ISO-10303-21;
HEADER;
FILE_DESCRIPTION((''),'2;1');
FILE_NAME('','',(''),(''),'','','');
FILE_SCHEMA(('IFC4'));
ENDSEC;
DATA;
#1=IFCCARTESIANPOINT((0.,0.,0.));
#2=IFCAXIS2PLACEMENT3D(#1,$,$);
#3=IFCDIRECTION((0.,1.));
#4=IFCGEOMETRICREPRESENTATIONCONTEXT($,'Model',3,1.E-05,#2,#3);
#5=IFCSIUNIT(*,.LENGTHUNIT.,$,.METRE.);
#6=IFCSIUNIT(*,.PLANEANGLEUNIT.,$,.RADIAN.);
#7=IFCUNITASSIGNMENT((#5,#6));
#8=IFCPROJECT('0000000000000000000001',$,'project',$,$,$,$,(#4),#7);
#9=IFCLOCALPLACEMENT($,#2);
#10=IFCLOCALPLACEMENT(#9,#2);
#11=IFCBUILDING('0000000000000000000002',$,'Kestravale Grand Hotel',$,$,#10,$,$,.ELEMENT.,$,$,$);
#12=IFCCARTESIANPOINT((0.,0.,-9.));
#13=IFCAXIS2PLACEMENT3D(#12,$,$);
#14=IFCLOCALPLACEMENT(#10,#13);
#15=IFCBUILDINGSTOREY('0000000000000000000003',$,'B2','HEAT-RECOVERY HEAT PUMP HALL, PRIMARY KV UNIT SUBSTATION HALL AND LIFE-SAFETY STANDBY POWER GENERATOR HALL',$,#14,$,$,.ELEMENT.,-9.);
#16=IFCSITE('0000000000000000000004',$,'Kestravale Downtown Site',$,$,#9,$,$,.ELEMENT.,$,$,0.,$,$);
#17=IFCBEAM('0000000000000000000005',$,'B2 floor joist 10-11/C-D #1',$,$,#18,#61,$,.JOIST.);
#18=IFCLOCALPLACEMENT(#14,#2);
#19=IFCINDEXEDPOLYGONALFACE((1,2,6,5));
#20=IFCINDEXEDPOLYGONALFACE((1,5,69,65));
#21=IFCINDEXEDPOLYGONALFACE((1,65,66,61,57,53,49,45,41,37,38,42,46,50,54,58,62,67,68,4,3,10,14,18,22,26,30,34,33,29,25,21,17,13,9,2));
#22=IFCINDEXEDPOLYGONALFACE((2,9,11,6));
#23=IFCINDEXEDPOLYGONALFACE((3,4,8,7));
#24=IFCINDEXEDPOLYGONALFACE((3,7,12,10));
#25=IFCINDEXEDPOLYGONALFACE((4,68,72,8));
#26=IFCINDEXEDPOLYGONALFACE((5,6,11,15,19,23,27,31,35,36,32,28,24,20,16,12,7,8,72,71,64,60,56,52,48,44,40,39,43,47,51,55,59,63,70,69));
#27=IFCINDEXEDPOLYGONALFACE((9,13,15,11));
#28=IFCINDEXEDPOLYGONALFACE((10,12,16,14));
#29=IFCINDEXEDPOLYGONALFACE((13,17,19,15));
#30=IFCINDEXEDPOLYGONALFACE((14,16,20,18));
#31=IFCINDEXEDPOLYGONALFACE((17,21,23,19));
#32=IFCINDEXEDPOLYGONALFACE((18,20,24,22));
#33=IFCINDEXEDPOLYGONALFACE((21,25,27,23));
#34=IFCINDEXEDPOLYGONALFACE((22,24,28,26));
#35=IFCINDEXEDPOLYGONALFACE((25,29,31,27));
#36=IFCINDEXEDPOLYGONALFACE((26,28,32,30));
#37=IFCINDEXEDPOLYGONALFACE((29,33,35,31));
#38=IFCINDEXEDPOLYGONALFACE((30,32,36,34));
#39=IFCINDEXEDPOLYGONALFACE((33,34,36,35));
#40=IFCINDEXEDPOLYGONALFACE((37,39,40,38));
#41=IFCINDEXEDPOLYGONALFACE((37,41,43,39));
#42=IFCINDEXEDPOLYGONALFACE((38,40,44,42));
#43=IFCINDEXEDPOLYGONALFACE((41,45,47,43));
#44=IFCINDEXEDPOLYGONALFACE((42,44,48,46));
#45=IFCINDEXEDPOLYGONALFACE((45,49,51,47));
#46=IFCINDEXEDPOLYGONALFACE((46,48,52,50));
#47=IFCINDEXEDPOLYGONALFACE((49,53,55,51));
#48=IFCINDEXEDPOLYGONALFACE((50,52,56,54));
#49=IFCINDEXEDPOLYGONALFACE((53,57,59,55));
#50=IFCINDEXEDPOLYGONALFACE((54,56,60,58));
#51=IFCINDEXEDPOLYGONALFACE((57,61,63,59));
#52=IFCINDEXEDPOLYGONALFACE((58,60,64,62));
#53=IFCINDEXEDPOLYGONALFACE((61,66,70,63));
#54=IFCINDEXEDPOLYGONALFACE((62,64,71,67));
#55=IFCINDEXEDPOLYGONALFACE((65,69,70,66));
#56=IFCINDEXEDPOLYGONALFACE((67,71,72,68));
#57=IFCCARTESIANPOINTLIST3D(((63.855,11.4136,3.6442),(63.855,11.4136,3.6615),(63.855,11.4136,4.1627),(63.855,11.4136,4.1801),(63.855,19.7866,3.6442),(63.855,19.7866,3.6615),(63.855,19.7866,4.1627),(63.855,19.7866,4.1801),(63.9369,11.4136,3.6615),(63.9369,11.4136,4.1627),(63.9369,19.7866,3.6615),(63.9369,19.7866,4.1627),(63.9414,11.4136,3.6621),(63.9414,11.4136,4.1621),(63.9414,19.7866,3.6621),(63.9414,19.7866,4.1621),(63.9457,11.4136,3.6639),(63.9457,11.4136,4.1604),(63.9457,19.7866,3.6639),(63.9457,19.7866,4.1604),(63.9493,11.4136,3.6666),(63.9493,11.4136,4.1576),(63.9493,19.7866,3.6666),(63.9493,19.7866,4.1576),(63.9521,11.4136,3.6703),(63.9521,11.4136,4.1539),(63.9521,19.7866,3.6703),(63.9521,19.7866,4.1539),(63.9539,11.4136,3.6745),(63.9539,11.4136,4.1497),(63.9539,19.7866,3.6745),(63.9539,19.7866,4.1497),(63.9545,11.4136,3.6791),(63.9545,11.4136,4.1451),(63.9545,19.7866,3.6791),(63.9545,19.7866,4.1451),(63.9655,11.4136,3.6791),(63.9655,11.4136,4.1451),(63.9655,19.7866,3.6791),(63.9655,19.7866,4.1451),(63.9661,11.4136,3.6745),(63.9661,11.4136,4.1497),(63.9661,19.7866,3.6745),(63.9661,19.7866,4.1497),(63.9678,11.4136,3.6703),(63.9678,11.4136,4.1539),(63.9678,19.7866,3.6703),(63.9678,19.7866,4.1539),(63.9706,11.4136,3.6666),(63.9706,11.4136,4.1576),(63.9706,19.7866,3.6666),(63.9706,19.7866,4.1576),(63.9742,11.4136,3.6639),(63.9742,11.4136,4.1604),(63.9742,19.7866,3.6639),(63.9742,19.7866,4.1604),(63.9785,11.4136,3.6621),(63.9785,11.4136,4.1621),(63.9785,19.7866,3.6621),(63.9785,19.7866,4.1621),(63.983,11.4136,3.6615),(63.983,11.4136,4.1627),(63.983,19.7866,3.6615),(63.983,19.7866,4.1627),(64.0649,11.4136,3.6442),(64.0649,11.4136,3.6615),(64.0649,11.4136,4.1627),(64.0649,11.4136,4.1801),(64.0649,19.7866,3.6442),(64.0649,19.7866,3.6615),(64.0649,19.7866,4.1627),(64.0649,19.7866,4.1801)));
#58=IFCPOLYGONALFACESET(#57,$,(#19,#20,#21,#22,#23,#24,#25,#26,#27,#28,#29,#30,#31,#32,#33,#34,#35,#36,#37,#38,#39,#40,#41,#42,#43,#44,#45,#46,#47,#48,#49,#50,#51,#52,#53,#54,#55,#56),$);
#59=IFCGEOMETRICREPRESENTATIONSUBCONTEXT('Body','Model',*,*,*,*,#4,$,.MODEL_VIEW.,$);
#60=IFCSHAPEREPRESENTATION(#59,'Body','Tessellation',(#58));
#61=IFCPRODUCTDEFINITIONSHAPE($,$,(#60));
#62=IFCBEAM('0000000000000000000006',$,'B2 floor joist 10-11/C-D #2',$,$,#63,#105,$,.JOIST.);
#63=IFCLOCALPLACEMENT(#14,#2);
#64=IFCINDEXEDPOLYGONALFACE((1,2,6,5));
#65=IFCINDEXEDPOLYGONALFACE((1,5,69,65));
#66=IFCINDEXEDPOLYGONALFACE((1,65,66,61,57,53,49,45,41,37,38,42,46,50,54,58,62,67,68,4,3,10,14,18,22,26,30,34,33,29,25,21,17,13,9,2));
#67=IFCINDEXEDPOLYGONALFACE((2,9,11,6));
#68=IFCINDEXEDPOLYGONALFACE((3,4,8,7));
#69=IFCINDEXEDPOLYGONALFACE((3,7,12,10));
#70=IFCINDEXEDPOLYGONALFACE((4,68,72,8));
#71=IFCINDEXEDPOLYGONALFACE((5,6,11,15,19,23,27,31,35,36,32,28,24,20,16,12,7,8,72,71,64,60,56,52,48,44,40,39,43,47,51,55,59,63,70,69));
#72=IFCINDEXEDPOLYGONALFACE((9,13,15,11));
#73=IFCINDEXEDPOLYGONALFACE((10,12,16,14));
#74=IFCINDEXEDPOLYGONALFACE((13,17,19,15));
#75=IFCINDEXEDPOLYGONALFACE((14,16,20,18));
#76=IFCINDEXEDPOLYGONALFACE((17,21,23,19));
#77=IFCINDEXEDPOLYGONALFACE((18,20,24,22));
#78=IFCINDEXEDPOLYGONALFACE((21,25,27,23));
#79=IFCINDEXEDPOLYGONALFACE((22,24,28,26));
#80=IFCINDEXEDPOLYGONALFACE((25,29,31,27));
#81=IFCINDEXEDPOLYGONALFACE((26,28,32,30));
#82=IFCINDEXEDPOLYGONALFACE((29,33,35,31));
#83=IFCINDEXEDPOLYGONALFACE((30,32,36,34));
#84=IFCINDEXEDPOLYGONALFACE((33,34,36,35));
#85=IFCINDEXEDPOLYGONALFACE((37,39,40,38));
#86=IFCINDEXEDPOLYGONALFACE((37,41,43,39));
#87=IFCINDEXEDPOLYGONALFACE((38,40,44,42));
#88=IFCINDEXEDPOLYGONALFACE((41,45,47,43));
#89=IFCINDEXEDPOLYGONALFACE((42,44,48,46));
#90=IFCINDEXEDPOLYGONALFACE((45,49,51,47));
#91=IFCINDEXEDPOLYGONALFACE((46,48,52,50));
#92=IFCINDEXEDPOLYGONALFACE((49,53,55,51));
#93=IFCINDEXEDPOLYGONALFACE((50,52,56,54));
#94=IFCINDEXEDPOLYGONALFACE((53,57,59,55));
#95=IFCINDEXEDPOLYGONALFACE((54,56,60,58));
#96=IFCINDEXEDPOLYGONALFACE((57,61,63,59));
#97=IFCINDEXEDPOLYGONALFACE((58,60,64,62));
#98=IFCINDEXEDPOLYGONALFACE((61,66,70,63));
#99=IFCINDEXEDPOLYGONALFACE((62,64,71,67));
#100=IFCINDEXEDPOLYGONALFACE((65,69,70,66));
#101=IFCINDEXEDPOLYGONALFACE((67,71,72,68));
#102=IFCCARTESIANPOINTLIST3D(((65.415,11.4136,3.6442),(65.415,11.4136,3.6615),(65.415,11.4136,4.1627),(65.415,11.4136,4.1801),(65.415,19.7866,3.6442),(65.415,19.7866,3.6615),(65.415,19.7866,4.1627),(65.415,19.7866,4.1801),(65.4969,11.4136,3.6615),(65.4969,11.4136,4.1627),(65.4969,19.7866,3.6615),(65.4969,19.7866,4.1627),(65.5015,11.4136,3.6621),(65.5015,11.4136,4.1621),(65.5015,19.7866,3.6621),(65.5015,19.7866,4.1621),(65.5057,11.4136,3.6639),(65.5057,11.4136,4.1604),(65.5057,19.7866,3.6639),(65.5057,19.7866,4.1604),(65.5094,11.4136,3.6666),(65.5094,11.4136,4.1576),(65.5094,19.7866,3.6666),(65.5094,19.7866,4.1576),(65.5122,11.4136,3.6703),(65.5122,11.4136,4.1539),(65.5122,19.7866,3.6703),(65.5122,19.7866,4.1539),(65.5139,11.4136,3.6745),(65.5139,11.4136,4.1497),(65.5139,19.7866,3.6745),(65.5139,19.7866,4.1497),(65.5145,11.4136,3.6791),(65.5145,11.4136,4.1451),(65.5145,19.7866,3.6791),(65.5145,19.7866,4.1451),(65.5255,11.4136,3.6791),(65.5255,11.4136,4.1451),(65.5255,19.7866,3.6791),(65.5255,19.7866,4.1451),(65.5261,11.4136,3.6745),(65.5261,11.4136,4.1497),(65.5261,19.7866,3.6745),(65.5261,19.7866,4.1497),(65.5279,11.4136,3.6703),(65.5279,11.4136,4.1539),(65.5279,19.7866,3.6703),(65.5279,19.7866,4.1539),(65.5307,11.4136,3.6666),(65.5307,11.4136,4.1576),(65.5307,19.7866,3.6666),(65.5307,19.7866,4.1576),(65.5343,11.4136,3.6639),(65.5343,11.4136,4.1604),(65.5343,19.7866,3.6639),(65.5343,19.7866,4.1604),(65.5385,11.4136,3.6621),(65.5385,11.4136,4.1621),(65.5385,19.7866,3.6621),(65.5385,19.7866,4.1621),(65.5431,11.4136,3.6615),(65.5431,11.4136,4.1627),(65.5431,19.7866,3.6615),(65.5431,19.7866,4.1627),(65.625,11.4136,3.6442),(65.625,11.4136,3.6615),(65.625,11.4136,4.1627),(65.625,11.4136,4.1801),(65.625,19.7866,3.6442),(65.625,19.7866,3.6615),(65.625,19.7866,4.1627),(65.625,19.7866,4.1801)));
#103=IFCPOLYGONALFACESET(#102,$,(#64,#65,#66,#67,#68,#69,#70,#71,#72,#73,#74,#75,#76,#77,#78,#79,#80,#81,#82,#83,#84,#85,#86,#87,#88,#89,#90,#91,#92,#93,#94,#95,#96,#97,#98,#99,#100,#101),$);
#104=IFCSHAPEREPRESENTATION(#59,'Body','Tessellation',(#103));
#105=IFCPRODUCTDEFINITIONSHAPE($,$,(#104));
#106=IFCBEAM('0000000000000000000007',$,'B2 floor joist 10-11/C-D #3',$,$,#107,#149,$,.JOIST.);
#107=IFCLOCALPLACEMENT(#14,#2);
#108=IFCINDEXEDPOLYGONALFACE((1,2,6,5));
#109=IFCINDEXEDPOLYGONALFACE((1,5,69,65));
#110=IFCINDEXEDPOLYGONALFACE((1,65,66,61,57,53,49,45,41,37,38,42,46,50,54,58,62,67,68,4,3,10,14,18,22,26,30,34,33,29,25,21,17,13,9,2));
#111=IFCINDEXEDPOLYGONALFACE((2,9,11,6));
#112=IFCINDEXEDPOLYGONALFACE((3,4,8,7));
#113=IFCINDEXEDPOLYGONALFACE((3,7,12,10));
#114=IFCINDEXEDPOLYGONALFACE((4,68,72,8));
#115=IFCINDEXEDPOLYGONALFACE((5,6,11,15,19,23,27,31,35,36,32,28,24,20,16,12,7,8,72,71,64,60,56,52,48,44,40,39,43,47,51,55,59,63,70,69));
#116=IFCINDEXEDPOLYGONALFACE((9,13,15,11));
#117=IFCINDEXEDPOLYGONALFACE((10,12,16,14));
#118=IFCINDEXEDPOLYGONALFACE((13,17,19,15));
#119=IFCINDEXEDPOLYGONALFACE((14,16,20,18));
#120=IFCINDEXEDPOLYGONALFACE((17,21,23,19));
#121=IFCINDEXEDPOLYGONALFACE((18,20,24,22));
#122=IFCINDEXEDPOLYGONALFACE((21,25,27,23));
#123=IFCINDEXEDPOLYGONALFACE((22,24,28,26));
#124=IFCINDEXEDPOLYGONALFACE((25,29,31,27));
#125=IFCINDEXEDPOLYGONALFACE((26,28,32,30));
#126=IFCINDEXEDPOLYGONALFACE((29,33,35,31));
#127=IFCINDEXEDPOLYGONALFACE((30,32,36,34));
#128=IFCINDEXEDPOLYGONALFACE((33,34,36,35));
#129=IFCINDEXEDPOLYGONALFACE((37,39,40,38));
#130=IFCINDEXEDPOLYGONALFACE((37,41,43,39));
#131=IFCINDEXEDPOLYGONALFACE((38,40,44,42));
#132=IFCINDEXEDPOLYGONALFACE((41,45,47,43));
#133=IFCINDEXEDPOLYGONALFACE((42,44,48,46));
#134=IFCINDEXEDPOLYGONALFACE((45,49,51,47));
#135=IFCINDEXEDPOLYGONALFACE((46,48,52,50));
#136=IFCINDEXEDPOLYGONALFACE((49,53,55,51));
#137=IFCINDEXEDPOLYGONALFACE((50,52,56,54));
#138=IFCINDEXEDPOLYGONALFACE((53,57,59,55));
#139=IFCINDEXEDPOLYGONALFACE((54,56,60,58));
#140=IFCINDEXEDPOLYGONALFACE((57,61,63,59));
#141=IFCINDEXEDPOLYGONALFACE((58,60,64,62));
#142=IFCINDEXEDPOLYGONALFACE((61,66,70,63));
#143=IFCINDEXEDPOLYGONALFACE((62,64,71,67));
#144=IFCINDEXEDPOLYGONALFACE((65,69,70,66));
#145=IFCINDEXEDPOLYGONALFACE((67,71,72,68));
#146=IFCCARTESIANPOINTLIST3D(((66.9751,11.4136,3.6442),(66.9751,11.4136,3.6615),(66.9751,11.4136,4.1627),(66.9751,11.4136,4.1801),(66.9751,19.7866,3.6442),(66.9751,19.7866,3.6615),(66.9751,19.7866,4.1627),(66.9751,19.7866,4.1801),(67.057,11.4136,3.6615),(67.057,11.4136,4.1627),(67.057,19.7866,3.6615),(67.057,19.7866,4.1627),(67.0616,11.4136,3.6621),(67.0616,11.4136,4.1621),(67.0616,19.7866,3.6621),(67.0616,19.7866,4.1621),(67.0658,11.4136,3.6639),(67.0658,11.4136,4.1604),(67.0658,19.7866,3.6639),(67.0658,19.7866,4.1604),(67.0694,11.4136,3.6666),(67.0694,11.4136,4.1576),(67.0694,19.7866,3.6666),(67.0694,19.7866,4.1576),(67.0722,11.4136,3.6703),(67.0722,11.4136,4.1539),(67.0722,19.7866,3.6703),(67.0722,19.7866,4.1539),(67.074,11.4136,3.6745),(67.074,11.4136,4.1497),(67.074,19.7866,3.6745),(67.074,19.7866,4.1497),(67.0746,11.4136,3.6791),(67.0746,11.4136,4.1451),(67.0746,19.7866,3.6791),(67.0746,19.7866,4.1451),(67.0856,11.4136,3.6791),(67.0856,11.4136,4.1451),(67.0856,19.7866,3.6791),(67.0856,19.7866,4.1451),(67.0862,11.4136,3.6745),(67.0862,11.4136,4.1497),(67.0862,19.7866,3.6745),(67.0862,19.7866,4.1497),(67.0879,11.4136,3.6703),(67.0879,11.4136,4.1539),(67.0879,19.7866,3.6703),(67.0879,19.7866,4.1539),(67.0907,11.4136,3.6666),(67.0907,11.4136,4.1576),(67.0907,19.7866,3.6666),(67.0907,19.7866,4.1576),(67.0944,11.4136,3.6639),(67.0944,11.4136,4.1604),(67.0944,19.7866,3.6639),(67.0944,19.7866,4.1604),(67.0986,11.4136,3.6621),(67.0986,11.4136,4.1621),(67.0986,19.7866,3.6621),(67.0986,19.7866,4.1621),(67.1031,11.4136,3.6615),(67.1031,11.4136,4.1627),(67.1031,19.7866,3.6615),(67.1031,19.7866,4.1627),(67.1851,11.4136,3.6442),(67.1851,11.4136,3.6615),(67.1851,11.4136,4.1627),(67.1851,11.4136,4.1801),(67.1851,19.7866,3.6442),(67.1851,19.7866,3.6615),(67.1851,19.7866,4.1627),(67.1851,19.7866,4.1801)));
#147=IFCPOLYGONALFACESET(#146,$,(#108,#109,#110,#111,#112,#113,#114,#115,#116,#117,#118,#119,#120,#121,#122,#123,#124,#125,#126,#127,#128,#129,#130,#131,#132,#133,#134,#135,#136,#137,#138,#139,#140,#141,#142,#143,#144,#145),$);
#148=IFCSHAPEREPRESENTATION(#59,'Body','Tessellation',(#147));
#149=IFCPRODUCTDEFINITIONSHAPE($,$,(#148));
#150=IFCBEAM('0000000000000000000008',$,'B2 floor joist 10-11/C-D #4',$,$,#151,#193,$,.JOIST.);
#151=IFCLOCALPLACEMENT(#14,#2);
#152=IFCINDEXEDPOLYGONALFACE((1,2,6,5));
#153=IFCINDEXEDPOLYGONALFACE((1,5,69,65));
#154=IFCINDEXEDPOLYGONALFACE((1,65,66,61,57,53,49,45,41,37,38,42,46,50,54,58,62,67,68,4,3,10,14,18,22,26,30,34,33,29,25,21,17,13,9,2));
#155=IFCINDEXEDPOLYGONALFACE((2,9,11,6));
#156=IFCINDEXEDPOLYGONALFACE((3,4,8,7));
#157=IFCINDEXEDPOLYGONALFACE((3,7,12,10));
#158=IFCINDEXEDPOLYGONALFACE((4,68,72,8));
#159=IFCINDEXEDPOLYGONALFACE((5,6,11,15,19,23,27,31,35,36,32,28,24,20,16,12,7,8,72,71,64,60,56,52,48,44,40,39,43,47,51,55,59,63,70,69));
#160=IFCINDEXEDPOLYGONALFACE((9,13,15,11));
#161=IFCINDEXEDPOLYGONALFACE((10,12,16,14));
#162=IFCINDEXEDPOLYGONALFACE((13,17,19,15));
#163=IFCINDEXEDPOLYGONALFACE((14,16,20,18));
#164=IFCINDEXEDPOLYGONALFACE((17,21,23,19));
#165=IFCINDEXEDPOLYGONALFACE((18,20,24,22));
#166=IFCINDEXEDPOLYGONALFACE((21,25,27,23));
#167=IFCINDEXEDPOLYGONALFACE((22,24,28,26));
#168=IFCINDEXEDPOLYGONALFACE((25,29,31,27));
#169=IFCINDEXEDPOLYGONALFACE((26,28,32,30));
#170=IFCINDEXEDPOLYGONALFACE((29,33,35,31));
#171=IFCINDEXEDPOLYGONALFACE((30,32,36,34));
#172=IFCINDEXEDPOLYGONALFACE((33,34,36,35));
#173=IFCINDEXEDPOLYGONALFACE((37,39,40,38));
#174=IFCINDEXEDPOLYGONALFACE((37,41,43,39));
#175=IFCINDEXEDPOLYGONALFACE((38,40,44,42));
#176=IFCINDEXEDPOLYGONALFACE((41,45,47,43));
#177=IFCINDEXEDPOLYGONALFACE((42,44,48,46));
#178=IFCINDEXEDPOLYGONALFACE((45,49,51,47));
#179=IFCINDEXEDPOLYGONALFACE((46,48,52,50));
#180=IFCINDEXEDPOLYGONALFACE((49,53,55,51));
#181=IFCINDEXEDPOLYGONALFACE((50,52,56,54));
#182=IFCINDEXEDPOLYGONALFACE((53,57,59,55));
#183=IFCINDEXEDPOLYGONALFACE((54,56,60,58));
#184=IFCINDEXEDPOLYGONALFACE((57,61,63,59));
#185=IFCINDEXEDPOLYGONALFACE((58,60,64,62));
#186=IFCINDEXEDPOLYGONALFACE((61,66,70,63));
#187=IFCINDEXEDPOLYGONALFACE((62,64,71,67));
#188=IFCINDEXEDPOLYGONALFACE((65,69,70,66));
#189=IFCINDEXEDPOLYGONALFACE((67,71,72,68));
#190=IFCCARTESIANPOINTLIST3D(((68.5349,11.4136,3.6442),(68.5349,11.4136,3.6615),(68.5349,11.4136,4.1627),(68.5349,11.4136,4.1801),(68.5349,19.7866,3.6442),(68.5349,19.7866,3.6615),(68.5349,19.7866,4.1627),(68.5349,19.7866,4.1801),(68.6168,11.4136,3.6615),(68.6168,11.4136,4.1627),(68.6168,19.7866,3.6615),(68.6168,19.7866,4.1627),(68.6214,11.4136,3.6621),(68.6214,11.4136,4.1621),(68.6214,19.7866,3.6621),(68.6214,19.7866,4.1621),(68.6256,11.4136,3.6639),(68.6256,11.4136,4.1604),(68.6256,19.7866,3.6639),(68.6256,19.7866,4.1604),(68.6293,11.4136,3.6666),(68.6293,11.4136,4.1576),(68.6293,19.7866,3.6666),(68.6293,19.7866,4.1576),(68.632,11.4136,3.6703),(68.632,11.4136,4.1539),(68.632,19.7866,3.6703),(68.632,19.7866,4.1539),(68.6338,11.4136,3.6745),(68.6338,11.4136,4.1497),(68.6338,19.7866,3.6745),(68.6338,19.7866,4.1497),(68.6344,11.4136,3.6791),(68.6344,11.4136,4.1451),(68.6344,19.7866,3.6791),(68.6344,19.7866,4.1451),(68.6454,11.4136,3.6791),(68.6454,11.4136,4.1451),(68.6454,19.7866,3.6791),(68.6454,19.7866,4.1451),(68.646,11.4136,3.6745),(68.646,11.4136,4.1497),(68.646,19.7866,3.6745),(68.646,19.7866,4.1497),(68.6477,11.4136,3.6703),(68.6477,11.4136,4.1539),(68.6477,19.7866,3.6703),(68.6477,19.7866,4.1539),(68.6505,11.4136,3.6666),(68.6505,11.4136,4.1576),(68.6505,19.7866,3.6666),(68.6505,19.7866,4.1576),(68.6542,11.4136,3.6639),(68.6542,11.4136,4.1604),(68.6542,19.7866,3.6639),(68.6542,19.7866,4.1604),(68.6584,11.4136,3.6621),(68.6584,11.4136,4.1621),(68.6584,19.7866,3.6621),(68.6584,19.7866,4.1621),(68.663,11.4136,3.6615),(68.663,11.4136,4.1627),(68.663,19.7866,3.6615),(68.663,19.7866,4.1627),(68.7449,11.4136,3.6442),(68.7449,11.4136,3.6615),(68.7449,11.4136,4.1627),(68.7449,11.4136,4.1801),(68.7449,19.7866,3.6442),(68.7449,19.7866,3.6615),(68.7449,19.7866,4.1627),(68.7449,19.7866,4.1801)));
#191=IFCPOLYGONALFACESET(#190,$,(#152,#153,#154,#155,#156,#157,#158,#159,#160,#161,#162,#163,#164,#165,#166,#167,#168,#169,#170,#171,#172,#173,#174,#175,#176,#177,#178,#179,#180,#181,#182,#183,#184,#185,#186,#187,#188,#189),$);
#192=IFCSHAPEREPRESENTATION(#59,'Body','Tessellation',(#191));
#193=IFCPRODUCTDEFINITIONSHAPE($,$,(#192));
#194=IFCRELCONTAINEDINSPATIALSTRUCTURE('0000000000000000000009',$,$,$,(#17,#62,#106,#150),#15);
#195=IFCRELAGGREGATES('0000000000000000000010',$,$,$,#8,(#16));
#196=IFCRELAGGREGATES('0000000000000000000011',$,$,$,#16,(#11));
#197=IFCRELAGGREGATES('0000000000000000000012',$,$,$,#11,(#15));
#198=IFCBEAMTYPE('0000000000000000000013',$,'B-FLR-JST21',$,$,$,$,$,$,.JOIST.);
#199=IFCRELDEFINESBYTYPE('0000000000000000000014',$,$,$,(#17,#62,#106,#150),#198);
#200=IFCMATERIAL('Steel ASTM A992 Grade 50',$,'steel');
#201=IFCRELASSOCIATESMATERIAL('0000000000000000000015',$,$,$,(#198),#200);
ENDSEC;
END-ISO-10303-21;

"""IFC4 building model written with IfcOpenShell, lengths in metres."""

from ifc_helpers import new_model, si_unit, direction, frame, origin, origin_2d, place, context, subcontext, project, spatial, i_section, extrude, material, material_profile, profile_set, type_object, element, save


model = new_model("IFC4")

# Units and contexts
model_context = context("Model", 3, precision=1e-05, world=origin(), true_north=direction((0.0, 1.0)))
body_context = subcontext(model_context, "Body", "Model", "MODEL_VIEW")
ifc_project = project(units=[si_unit("LENGTHUNIT", "METRE"), si_unit("PLANEANGLEUNIT", "RADIAN")], contexts=[model_context])

# Site, building, storey
site_placement = place(None, origin())
site = spatial("IfcSite", under=ifc_project, at=site_placement, Name="Kestravale Downtown Site", CompositionType="ELEMENT", RefElevation=0.0)
building_placement = place(site_placement, origin())
building = spatial("IfcBuilding", under=site, at=building_placement, Name="Kestravale Grand Hotel", CompositionType="ELEMENT")
storey_placement = place(building_placement, frame((0.0, 0.0, -9.0)))
storey = spatial("IfcBuildingStorey", under=building, at=storey_placement, Name="B2", Description="HEAT-RECOVERY HEAT PUMP HALL, PRIMARY KV UNIT SUBSTATION HALL AND LIFE-SAFETY STANDBY POWER GENERATOR HALL", CompositionType="ELEMENT", Elevation=-9.0)

# Beams
ifc_material_1 = material(Name="Steel ASTM A992 Grade 50", Category="steel")
ifc_material_profile_1 = material_profile(ifc_material_1, i_section(OverallWidth=0.21, OverallDepth=0.5359, WebThickness=0.011, FlangeThickness=0.0173, FilletRadius=0.0176, at=origin_2d()))
ifc_profile_set_1 = profile_set([ifc_material_profile_1], Name="Steel ASTM A992 Grade 50")
beam_type_1 = type_object("IfcBeamType", Name="B-FLR-JST21", PredefinedType="JOIST", material=ifc_profile_set_1)
for number, where, z_axis, x_axis, name in (
    (1, (63.96, 11.4136, 3.9121), (0.0, 1.0, 0.0), (-1.0, 0.0, 0.0), "B2 floor joist 10-11/C-D #1"),
    (2, (65.52, 11.4136, 3.9121), (0.0, 1.0, 0.0), (-1.0, 0.0, 0.0), "B2 floor joist 10-11/C-D #2"),
    (3, (67.0801, 11.4136, 3.9121), (0.0, 1.0, 0.0), (-1.0, 0.0, 0.0), "B2 floor joist 10-11/C-D #3"),
    (4, (68.6399, 11.4136, 3.9121), (0.0, 1.0, 0.0), (-1.0, 0.0, 0.0), "B2 floor joist 10-11/C-D #4"),
):
    element("IfcBeam", number, at=place(storey_placement, frame(where, z_axis=z_axis, x_axis=x_axis)), inside=storey, type_object=beam_type_1, Name=name, PredefinedType="JOIST", context=body_context, shape_type="SweptSolid", body=[
        extrude(i_section(OverallWidth=0.21, OverallDepth=0.5359, WebThickness=0.011, FlangeThickness=0.0173, FilletRadius=0.0176, at=origin_2d()), origin(), (0.0, 0.0, 1.0), 8.373),
    ])

save(model, "model.ifc")
